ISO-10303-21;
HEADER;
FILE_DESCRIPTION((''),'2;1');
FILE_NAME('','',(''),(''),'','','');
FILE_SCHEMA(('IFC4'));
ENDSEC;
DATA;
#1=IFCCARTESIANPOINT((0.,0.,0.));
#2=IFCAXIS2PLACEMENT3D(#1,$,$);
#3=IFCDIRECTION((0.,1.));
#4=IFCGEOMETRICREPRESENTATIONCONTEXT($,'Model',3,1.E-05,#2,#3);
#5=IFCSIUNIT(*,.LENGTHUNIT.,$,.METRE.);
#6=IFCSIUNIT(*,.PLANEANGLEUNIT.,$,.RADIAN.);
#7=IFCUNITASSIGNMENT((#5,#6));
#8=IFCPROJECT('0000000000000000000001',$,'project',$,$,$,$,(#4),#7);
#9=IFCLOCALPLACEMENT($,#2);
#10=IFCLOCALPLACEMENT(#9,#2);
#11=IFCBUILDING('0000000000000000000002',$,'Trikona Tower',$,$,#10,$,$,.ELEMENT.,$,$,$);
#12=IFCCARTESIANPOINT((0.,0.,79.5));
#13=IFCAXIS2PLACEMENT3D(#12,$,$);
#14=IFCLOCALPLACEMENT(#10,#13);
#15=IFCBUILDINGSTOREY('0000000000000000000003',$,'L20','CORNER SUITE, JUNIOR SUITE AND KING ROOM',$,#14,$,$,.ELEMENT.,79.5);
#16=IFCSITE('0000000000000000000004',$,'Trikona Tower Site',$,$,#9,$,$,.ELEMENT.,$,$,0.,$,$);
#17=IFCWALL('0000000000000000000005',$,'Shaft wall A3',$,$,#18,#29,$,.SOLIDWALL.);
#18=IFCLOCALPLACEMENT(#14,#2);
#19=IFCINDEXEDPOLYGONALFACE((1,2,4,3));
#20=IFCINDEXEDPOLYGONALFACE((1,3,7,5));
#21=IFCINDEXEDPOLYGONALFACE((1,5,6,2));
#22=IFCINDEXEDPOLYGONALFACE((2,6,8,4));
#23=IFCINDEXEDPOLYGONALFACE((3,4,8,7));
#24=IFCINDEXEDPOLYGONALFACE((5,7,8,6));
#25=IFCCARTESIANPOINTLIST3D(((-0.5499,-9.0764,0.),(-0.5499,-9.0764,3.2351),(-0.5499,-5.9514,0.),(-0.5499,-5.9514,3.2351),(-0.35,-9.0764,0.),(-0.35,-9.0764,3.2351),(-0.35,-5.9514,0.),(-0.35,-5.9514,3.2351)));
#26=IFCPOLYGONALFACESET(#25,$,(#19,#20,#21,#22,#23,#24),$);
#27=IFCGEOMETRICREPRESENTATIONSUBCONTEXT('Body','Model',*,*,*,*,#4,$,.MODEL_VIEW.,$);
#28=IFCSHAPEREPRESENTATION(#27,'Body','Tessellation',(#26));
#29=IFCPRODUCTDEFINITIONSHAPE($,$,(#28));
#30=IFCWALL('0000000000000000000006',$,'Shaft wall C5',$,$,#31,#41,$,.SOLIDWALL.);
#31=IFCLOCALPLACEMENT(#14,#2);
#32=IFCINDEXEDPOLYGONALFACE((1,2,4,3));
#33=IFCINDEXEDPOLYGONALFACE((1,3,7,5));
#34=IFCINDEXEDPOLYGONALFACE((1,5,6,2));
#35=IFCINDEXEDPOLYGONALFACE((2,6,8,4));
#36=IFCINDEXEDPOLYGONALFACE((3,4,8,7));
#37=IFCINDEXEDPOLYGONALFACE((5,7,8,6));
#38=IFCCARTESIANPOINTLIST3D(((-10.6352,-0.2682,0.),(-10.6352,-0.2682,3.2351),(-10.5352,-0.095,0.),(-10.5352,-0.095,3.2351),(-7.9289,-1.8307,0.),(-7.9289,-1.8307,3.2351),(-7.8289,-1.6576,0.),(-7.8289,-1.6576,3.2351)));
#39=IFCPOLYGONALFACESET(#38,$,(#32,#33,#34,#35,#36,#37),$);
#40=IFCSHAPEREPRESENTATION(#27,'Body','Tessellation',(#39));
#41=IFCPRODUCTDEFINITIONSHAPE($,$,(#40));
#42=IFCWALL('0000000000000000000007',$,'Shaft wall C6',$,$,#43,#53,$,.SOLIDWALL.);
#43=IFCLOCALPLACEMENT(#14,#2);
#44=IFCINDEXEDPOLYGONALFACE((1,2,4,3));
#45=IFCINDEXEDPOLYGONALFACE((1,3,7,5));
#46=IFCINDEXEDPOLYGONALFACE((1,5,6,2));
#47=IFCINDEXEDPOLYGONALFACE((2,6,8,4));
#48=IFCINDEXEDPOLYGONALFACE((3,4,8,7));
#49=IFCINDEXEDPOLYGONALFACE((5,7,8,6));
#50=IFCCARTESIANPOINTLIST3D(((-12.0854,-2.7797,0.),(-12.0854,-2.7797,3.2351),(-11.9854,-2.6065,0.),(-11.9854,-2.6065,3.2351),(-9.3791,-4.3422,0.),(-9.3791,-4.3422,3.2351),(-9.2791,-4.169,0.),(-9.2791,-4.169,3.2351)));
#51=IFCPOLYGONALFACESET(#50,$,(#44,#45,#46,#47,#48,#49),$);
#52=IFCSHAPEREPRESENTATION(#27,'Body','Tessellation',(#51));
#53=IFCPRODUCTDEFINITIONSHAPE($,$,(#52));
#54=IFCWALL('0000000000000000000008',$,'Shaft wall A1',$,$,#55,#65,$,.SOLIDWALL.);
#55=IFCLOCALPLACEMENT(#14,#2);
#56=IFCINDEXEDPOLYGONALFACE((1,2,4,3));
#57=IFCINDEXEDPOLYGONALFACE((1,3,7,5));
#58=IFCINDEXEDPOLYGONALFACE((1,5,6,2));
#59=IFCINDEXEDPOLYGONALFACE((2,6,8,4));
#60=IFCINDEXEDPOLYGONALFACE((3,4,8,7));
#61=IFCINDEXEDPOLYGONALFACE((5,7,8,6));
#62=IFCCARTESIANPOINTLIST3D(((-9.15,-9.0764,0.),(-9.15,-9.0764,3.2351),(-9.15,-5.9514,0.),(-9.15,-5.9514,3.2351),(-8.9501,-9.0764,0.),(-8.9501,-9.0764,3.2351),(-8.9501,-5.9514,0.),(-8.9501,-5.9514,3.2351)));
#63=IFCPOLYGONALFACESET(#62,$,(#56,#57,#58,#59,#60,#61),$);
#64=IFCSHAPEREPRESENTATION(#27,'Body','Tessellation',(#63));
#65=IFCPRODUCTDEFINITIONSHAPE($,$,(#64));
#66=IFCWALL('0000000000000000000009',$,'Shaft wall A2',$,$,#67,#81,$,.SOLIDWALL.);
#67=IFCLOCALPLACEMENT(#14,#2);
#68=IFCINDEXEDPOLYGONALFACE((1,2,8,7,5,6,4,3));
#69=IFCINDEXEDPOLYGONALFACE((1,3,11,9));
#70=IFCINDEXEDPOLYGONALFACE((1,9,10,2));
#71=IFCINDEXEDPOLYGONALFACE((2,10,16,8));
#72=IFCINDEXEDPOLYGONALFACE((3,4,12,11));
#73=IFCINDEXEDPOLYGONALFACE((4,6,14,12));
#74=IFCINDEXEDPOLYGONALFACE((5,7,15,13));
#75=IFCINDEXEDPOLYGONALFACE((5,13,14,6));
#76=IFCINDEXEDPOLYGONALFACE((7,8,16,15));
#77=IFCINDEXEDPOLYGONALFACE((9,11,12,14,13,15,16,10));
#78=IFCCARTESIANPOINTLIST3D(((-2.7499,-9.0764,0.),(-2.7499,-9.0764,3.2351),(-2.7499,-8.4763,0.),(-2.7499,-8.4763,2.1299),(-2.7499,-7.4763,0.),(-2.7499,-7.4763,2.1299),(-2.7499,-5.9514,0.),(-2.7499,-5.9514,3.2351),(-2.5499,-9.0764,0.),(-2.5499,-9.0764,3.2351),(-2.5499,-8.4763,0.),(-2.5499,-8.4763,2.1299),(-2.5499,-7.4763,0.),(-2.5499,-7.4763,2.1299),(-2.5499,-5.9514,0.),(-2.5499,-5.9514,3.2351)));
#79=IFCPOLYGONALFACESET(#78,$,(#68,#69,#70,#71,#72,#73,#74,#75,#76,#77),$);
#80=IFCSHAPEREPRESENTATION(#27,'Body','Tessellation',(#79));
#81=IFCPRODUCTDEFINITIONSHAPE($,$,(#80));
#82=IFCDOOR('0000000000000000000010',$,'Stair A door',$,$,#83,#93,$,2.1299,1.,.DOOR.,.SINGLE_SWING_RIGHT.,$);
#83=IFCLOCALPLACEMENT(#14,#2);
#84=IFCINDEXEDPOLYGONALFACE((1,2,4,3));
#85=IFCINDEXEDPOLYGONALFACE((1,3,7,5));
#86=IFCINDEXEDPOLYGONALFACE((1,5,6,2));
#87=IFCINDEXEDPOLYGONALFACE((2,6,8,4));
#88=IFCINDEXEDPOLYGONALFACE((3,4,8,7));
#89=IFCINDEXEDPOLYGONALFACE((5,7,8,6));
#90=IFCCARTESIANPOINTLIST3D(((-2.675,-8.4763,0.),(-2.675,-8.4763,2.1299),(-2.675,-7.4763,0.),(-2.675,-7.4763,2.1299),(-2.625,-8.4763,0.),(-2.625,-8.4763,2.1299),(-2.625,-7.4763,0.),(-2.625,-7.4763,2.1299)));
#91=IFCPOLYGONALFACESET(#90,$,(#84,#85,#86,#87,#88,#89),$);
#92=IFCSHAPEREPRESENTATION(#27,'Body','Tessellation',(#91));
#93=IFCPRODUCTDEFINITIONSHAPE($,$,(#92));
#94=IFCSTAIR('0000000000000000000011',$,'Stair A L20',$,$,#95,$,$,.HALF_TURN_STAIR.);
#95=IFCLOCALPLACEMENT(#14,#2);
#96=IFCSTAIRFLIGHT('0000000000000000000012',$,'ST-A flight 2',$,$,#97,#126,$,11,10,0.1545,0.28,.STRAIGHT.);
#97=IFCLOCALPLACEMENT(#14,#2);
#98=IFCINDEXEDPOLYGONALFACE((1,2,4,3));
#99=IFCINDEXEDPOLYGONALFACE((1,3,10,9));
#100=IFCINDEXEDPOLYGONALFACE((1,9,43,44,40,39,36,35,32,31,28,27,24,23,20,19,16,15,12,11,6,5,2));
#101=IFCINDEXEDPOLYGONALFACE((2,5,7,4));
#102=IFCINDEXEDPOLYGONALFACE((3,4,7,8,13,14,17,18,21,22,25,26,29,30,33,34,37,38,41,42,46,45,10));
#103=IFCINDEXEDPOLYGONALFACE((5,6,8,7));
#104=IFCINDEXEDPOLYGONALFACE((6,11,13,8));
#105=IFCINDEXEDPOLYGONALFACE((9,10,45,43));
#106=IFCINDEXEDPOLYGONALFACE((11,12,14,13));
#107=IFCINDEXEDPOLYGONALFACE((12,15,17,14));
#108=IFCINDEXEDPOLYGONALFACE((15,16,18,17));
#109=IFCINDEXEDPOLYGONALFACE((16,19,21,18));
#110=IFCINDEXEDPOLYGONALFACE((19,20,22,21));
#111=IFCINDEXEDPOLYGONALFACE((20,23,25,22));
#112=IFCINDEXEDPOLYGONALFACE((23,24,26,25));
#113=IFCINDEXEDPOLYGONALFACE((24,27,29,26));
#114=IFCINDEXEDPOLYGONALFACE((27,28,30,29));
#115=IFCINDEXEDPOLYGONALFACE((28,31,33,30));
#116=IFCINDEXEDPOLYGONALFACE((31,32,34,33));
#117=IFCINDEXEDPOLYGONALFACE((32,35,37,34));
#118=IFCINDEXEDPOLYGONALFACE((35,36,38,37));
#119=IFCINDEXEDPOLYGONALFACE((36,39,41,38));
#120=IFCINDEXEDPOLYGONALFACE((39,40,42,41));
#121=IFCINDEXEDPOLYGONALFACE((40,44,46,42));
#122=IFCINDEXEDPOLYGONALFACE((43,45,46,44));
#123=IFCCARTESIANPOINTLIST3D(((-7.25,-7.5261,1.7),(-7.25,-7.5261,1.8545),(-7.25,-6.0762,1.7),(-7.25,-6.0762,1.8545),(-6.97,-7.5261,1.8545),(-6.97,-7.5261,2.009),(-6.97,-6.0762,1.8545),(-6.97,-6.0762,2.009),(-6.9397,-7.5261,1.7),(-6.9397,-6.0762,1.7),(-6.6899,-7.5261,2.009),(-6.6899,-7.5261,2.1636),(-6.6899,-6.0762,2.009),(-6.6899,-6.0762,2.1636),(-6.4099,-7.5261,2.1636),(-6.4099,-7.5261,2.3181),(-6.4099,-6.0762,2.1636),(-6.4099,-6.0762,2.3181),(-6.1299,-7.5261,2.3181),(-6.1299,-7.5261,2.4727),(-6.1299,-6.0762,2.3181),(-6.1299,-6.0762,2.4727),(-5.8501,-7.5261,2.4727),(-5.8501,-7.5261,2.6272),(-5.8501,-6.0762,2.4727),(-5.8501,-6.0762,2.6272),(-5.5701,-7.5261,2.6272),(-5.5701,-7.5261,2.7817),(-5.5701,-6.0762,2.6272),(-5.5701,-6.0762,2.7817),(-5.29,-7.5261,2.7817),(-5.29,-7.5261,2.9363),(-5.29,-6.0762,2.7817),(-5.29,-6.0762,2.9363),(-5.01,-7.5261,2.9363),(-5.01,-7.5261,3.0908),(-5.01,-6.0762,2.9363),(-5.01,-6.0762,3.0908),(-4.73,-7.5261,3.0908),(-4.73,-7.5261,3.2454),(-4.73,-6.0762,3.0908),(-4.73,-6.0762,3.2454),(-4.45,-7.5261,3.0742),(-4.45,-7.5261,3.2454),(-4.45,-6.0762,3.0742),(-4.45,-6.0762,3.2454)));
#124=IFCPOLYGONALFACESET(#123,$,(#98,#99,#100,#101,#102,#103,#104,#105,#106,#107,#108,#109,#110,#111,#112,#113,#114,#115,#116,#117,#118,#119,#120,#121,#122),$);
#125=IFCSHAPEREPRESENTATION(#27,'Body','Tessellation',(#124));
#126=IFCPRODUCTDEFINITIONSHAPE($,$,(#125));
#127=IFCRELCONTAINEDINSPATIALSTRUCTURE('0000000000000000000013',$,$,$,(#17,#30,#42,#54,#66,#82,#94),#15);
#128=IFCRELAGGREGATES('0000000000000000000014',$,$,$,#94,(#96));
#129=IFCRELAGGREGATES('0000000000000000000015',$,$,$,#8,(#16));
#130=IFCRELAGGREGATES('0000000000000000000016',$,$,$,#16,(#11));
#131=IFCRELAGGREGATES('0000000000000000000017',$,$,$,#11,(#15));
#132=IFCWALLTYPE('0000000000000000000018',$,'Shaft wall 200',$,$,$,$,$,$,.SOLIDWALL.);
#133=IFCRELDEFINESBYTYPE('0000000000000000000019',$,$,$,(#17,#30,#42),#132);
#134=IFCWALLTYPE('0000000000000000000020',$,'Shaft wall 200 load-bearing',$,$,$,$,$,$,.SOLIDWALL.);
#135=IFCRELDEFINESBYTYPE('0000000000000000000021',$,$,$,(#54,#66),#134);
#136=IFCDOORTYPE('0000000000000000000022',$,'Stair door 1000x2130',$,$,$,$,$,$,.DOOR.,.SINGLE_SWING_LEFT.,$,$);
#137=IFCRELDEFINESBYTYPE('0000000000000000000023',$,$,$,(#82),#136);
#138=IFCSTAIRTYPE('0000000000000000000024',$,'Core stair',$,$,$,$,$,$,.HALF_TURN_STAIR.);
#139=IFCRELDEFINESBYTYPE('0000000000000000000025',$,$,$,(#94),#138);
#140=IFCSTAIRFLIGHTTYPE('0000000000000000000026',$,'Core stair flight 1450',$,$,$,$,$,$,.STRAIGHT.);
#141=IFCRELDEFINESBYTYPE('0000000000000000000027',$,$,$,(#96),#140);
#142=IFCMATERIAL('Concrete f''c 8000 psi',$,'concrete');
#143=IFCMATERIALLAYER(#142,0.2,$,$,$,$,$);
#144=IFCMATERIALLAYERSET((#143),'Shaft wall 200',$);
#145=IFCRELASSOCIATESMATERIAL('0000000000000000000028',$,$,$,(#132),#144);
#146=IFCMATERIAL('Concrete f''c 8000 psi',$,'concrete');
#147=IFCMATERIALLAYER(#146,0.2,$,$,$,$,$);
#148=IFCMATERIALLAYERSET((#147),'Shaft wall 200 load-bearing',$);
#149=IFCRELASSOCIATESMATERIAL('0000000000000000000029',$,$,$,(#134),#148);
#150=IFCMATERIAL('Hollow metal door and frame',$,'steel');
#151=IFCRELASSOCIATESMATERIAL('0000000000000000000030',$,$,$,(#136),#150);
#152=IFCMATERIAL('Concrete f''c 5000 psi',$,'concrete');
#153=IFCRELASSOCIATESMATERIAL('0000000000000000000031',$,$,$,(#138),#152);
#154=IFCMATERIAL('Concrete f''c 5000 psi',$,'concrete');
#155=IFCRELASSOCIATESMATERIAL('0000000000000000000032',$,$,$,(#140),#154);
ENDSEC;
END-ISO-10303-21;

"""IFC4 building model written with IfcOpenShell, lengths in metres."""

from ifc_helpers import new_model, si_unit, direction, frame, frame_2d, origin, place, context, subcontext, project, spatial, polyline, rectangle, outline, extrude, material, layer, layer_set, type_object, element, fill, aggregate, save


model = new_model("IFC4")

# Units and contexts
model_context = context("Model", 3, precision=1e-05, world=origin(), true_north=direction((0.0, 1.0)))
body_context = subcontext(model_context, "Body", "Model", "MODEL_VIEW")
ifc_project = project(units=[si_unit("LENGTHUNIT", "METRE"), si_unit("PLANEANGLEUNIT", "RADIAN")], contexts=[model_context])

# Site, building, storey
site_placement = place(None, origin())
site = spatial("IfcSite", under=ifc_project, at=site_placement, Name="Trikona Tower Site", CompositionType="ELEMENT", RefElevation=0.0)
building_placement = place(site_placement, origin())
building = spatial("IfcBuilding", under=site, at=building_placement, Name="Trikona Tower", CompositionType="ELEMENT")
storey_placement = place(building_placement, frame((0.0, 0.0, 79.5)))
storey = spatial("IfcBuildingStorey", under=building, at=storey_placement, Name="L20", Description="CORNER SUITE, JUNIOR SUITE AND KING ROOM", CompositionType="ELEMENT", Elevation=79.5)

# Walls
ifc_material_1 = material(Name="Concrete f'c 8000 psi", Category="concrete")
ifc_layer_1 = layer(ifc_material_1, 0.2)
ifc_layer_set_1 = layer_set([ifc_layer_1], Name="Shaft wall 200")
wall_type_1 = type_object("IfcWallType", Name="Shaft wall 200", PredefinedType="SOLIDWALL", material=ifc_layer_set_1)
for number, where, z_axis, x_axis, name in (
    (1, (-0.45, -5.9514, 0.0), (0.0, 0.0, 1.0), (0.0, -1.0, 0.0), "Shaft wall A3"),
    (2, (-7.8789, -1.7441, 0.0), (0.0, 0.0, 1.0), (-0.866023, 0.500004, 0.0), "Shaft wall C5"),
    (3, (-9.3291, -4.2556, 0.0), (0.0, 0.0, 1.0), (-0.866023, 0.500004, 0.0), "Shaft wall C6"),
):
    element("IfcWall", number, at=place(storey_placement, frame(where, z_axis=z_axis, x_axis=x_axis)), inside=storey, type_object=wall_type_1, Name=name, PredefinedType="SOLIDWALL", context=body_context, shape_type="SweptSolid", body=[
        extrude(rectangle(XDim=3.125, YDim=0.2, at=frame_2d((1.5625, 0.0))), origin(), (0.0, 0.0, 1.0), 3.2351),
    ])
ifc_material_2 = material(Name="Concrete f'c 8000 psi", Category="concrete")
ifc_layer_2 = layer(ifc_material_2, 0.2)
ifc_layer_set_2 = layer_set([ifc_layer_2], Name="Shaft wall 200 load-bearing")
wall_type_2 = type_object("IfcWallType", Name="Shaft wall 200 load-bearing", PredefinedType="SOLIDWALL", material=ifc_layer_set_2)
wall_1_placement = place(storey_placement, frame((-9.05, -5.9514, 0.0), z_axis=(0.0, 0.0, 1.0), x_axis=(0.0, -1.0, 0.0)))
element("IfcWall", 4, at=wall_1_placement, inside=storey, type_object=wall_type_2, Name="Shaft wall A1", PredefinedType="SOLIDWALL", context=body_context, shape_type="SweptSolid", body=[
    extrude(rectangle(XDim=3.125, YDim=0.2, at=frame_2d((1.5625, 0.0))), origin(), (0.0, 0.0, 1.0), 3.2351),
])

# Wall, opening, door
wall_2_placement = place(storey_placement, frame((-2.6499, -5.9514, 0.0), z_axis=(0.0, 0.0, 1.0), x_axis=(0.0, -1.0, 0.0)))
wall_2 = element("IfcWall", 5, at=wall_2_placement, inside=storey, type_object=wall_type_2, Name="Shaft wall A2", PredefinedType="SOLIDWALL", context=body_context, shape_type="SweptSolid", body=[
    extrude(rectangle(XDim=3.125, YDim=0.2, at=frame_2d((1.5625, 0.0))), origin(), (0.0, 0.0, 1.0), 3.2351),
])
opening_1_placement = place(wall_2_placement, frame((1.5249, 0.0, 0.0)))
opening_1 = element("IfcOpeningElement", 6, at=opening_1_placement, cuts=wall_2, PredefinedType="OPENING", context=body_context, shape_type="SweptSolid", body=[
    extrude(rectangle(XDim=1.0, YDim=2.1299, at=frame_2d((0.5, 1.0649))), frame((0.0, 0.1099, 0.0), z_axis=(0.0, -1.0, 0.0), x_axis=(1.0, 0.0, 0.0)), (0.0, 0.0, 1.0), 0.22),
])
ifc_material_3 = material(Name="Hollow metal door and frame", Category="steel")
door_type_1 = type_object("IfcDoorType", Name="Stair door 1000x2130", OperationType="SINGLE_SWING_LEFT", PredefinedType="DOOR", material=ifc_material_3)
door_1_placement = place(opening_1_placement, origin())
door_1 = element("IfcDoor", 7, at=door_1_placement, inside=storey, type_object=door_type_1, Name="Stair A door", OperationType="SINGLE_SWING_RIGHT", OverallHeight=2.1299, OverallWidth=1.0, PredefinedType="DOOR", context=body_context, shape_type="SweptSolid", body=[
    extrude(rectangle(XDim=1.0, YDim=2.1299, at=frame_2d((0.5, 1.0649))), frame((0.0, 0.0249, 0.0), z_axis=(0.0, -1.0, 0.0), x_axis=(1.0, 0.0, 0.0)), (0.0, 0.0, 1.0), 0.05),
])
fill(opening_1, door_1)

# Stair, stair flight
ifc_material_4 = material(Name="Concrete f'c 5000 psi", Category="concrete")
stair_type = type_object("IfcStairType", Name="Core stair", PredefinedType="HALF_TURN_STAIR", material=ifc_material_4)
stair_placement = place(storey_placement, origin())
stair = element("IfcStair", 8, at=stair_placement, inside=storey, type_object=stair_type, Name="Stair A L20", PredefinedType="HALF_TURN_STAIR")
ifc_material_5 = material(Name="Concrete f'c 5000 psi", Category="concrete")
stair_flight_type = type_object("IfcStairFlightType", Name="Core stair flight 1450", PredefinedType="STRAIGHT", material=ifc_material_5)
stair_flight_placement = place(storey_placement, frame((-7.25, -6.8013, 1.7), z_axis=(0.0, 0.0, 1.0), x_axis=(1.0, 0.0, 0.0)))
stair_flight = element("IfcStairFlight", 9, at=stair_flight_placement, type_object=stair_flight_type, Name="ST-A flight 2", NumberOfRisers=11, NumberOfTreads=10, PredefinedType="STRAIGHT", RiserHeight=0.1545, TreadLength=0.28, context=body_context, shape_type="SweptSolid", body=[
    extrude(outline(polyline([(0.0, 0.0), (0.0, 0.1545), (0.28, 0.1545), (0.28, 0.3091), (0.5601, 0.3091), (0.5601, 0.4636), (0.8401, 0.4636), (0.8401, 0.6182), (1.1201, 0.6182), (1.1201, 0.7727), (1.3999, 0.7727), (1.3999, 0.9272), (1.6799, 0.9272), (1.6799, 1.0818), (1.96, 1.0818), (1.96, 1.2363), (2.24, 1.2363), (2.24, 1.3909), (2.52, 1.3909), (2.52, 1.5454), (2.8, 1.5454), (2.8, 1.7), (2.8, 1.3743), (0.3103, 0.0), (0.0, 0.0)])), frame((0.0, 0.7251, 0.0), z_axis=(0.0, -1.0, 0.0), x_axis=(1.0, 0.0, 0.0)), (0.0, 0.0, 1.0), 1.45),
])
aggregate(stair, [stair_flight])

save(model, "model.ifc")
